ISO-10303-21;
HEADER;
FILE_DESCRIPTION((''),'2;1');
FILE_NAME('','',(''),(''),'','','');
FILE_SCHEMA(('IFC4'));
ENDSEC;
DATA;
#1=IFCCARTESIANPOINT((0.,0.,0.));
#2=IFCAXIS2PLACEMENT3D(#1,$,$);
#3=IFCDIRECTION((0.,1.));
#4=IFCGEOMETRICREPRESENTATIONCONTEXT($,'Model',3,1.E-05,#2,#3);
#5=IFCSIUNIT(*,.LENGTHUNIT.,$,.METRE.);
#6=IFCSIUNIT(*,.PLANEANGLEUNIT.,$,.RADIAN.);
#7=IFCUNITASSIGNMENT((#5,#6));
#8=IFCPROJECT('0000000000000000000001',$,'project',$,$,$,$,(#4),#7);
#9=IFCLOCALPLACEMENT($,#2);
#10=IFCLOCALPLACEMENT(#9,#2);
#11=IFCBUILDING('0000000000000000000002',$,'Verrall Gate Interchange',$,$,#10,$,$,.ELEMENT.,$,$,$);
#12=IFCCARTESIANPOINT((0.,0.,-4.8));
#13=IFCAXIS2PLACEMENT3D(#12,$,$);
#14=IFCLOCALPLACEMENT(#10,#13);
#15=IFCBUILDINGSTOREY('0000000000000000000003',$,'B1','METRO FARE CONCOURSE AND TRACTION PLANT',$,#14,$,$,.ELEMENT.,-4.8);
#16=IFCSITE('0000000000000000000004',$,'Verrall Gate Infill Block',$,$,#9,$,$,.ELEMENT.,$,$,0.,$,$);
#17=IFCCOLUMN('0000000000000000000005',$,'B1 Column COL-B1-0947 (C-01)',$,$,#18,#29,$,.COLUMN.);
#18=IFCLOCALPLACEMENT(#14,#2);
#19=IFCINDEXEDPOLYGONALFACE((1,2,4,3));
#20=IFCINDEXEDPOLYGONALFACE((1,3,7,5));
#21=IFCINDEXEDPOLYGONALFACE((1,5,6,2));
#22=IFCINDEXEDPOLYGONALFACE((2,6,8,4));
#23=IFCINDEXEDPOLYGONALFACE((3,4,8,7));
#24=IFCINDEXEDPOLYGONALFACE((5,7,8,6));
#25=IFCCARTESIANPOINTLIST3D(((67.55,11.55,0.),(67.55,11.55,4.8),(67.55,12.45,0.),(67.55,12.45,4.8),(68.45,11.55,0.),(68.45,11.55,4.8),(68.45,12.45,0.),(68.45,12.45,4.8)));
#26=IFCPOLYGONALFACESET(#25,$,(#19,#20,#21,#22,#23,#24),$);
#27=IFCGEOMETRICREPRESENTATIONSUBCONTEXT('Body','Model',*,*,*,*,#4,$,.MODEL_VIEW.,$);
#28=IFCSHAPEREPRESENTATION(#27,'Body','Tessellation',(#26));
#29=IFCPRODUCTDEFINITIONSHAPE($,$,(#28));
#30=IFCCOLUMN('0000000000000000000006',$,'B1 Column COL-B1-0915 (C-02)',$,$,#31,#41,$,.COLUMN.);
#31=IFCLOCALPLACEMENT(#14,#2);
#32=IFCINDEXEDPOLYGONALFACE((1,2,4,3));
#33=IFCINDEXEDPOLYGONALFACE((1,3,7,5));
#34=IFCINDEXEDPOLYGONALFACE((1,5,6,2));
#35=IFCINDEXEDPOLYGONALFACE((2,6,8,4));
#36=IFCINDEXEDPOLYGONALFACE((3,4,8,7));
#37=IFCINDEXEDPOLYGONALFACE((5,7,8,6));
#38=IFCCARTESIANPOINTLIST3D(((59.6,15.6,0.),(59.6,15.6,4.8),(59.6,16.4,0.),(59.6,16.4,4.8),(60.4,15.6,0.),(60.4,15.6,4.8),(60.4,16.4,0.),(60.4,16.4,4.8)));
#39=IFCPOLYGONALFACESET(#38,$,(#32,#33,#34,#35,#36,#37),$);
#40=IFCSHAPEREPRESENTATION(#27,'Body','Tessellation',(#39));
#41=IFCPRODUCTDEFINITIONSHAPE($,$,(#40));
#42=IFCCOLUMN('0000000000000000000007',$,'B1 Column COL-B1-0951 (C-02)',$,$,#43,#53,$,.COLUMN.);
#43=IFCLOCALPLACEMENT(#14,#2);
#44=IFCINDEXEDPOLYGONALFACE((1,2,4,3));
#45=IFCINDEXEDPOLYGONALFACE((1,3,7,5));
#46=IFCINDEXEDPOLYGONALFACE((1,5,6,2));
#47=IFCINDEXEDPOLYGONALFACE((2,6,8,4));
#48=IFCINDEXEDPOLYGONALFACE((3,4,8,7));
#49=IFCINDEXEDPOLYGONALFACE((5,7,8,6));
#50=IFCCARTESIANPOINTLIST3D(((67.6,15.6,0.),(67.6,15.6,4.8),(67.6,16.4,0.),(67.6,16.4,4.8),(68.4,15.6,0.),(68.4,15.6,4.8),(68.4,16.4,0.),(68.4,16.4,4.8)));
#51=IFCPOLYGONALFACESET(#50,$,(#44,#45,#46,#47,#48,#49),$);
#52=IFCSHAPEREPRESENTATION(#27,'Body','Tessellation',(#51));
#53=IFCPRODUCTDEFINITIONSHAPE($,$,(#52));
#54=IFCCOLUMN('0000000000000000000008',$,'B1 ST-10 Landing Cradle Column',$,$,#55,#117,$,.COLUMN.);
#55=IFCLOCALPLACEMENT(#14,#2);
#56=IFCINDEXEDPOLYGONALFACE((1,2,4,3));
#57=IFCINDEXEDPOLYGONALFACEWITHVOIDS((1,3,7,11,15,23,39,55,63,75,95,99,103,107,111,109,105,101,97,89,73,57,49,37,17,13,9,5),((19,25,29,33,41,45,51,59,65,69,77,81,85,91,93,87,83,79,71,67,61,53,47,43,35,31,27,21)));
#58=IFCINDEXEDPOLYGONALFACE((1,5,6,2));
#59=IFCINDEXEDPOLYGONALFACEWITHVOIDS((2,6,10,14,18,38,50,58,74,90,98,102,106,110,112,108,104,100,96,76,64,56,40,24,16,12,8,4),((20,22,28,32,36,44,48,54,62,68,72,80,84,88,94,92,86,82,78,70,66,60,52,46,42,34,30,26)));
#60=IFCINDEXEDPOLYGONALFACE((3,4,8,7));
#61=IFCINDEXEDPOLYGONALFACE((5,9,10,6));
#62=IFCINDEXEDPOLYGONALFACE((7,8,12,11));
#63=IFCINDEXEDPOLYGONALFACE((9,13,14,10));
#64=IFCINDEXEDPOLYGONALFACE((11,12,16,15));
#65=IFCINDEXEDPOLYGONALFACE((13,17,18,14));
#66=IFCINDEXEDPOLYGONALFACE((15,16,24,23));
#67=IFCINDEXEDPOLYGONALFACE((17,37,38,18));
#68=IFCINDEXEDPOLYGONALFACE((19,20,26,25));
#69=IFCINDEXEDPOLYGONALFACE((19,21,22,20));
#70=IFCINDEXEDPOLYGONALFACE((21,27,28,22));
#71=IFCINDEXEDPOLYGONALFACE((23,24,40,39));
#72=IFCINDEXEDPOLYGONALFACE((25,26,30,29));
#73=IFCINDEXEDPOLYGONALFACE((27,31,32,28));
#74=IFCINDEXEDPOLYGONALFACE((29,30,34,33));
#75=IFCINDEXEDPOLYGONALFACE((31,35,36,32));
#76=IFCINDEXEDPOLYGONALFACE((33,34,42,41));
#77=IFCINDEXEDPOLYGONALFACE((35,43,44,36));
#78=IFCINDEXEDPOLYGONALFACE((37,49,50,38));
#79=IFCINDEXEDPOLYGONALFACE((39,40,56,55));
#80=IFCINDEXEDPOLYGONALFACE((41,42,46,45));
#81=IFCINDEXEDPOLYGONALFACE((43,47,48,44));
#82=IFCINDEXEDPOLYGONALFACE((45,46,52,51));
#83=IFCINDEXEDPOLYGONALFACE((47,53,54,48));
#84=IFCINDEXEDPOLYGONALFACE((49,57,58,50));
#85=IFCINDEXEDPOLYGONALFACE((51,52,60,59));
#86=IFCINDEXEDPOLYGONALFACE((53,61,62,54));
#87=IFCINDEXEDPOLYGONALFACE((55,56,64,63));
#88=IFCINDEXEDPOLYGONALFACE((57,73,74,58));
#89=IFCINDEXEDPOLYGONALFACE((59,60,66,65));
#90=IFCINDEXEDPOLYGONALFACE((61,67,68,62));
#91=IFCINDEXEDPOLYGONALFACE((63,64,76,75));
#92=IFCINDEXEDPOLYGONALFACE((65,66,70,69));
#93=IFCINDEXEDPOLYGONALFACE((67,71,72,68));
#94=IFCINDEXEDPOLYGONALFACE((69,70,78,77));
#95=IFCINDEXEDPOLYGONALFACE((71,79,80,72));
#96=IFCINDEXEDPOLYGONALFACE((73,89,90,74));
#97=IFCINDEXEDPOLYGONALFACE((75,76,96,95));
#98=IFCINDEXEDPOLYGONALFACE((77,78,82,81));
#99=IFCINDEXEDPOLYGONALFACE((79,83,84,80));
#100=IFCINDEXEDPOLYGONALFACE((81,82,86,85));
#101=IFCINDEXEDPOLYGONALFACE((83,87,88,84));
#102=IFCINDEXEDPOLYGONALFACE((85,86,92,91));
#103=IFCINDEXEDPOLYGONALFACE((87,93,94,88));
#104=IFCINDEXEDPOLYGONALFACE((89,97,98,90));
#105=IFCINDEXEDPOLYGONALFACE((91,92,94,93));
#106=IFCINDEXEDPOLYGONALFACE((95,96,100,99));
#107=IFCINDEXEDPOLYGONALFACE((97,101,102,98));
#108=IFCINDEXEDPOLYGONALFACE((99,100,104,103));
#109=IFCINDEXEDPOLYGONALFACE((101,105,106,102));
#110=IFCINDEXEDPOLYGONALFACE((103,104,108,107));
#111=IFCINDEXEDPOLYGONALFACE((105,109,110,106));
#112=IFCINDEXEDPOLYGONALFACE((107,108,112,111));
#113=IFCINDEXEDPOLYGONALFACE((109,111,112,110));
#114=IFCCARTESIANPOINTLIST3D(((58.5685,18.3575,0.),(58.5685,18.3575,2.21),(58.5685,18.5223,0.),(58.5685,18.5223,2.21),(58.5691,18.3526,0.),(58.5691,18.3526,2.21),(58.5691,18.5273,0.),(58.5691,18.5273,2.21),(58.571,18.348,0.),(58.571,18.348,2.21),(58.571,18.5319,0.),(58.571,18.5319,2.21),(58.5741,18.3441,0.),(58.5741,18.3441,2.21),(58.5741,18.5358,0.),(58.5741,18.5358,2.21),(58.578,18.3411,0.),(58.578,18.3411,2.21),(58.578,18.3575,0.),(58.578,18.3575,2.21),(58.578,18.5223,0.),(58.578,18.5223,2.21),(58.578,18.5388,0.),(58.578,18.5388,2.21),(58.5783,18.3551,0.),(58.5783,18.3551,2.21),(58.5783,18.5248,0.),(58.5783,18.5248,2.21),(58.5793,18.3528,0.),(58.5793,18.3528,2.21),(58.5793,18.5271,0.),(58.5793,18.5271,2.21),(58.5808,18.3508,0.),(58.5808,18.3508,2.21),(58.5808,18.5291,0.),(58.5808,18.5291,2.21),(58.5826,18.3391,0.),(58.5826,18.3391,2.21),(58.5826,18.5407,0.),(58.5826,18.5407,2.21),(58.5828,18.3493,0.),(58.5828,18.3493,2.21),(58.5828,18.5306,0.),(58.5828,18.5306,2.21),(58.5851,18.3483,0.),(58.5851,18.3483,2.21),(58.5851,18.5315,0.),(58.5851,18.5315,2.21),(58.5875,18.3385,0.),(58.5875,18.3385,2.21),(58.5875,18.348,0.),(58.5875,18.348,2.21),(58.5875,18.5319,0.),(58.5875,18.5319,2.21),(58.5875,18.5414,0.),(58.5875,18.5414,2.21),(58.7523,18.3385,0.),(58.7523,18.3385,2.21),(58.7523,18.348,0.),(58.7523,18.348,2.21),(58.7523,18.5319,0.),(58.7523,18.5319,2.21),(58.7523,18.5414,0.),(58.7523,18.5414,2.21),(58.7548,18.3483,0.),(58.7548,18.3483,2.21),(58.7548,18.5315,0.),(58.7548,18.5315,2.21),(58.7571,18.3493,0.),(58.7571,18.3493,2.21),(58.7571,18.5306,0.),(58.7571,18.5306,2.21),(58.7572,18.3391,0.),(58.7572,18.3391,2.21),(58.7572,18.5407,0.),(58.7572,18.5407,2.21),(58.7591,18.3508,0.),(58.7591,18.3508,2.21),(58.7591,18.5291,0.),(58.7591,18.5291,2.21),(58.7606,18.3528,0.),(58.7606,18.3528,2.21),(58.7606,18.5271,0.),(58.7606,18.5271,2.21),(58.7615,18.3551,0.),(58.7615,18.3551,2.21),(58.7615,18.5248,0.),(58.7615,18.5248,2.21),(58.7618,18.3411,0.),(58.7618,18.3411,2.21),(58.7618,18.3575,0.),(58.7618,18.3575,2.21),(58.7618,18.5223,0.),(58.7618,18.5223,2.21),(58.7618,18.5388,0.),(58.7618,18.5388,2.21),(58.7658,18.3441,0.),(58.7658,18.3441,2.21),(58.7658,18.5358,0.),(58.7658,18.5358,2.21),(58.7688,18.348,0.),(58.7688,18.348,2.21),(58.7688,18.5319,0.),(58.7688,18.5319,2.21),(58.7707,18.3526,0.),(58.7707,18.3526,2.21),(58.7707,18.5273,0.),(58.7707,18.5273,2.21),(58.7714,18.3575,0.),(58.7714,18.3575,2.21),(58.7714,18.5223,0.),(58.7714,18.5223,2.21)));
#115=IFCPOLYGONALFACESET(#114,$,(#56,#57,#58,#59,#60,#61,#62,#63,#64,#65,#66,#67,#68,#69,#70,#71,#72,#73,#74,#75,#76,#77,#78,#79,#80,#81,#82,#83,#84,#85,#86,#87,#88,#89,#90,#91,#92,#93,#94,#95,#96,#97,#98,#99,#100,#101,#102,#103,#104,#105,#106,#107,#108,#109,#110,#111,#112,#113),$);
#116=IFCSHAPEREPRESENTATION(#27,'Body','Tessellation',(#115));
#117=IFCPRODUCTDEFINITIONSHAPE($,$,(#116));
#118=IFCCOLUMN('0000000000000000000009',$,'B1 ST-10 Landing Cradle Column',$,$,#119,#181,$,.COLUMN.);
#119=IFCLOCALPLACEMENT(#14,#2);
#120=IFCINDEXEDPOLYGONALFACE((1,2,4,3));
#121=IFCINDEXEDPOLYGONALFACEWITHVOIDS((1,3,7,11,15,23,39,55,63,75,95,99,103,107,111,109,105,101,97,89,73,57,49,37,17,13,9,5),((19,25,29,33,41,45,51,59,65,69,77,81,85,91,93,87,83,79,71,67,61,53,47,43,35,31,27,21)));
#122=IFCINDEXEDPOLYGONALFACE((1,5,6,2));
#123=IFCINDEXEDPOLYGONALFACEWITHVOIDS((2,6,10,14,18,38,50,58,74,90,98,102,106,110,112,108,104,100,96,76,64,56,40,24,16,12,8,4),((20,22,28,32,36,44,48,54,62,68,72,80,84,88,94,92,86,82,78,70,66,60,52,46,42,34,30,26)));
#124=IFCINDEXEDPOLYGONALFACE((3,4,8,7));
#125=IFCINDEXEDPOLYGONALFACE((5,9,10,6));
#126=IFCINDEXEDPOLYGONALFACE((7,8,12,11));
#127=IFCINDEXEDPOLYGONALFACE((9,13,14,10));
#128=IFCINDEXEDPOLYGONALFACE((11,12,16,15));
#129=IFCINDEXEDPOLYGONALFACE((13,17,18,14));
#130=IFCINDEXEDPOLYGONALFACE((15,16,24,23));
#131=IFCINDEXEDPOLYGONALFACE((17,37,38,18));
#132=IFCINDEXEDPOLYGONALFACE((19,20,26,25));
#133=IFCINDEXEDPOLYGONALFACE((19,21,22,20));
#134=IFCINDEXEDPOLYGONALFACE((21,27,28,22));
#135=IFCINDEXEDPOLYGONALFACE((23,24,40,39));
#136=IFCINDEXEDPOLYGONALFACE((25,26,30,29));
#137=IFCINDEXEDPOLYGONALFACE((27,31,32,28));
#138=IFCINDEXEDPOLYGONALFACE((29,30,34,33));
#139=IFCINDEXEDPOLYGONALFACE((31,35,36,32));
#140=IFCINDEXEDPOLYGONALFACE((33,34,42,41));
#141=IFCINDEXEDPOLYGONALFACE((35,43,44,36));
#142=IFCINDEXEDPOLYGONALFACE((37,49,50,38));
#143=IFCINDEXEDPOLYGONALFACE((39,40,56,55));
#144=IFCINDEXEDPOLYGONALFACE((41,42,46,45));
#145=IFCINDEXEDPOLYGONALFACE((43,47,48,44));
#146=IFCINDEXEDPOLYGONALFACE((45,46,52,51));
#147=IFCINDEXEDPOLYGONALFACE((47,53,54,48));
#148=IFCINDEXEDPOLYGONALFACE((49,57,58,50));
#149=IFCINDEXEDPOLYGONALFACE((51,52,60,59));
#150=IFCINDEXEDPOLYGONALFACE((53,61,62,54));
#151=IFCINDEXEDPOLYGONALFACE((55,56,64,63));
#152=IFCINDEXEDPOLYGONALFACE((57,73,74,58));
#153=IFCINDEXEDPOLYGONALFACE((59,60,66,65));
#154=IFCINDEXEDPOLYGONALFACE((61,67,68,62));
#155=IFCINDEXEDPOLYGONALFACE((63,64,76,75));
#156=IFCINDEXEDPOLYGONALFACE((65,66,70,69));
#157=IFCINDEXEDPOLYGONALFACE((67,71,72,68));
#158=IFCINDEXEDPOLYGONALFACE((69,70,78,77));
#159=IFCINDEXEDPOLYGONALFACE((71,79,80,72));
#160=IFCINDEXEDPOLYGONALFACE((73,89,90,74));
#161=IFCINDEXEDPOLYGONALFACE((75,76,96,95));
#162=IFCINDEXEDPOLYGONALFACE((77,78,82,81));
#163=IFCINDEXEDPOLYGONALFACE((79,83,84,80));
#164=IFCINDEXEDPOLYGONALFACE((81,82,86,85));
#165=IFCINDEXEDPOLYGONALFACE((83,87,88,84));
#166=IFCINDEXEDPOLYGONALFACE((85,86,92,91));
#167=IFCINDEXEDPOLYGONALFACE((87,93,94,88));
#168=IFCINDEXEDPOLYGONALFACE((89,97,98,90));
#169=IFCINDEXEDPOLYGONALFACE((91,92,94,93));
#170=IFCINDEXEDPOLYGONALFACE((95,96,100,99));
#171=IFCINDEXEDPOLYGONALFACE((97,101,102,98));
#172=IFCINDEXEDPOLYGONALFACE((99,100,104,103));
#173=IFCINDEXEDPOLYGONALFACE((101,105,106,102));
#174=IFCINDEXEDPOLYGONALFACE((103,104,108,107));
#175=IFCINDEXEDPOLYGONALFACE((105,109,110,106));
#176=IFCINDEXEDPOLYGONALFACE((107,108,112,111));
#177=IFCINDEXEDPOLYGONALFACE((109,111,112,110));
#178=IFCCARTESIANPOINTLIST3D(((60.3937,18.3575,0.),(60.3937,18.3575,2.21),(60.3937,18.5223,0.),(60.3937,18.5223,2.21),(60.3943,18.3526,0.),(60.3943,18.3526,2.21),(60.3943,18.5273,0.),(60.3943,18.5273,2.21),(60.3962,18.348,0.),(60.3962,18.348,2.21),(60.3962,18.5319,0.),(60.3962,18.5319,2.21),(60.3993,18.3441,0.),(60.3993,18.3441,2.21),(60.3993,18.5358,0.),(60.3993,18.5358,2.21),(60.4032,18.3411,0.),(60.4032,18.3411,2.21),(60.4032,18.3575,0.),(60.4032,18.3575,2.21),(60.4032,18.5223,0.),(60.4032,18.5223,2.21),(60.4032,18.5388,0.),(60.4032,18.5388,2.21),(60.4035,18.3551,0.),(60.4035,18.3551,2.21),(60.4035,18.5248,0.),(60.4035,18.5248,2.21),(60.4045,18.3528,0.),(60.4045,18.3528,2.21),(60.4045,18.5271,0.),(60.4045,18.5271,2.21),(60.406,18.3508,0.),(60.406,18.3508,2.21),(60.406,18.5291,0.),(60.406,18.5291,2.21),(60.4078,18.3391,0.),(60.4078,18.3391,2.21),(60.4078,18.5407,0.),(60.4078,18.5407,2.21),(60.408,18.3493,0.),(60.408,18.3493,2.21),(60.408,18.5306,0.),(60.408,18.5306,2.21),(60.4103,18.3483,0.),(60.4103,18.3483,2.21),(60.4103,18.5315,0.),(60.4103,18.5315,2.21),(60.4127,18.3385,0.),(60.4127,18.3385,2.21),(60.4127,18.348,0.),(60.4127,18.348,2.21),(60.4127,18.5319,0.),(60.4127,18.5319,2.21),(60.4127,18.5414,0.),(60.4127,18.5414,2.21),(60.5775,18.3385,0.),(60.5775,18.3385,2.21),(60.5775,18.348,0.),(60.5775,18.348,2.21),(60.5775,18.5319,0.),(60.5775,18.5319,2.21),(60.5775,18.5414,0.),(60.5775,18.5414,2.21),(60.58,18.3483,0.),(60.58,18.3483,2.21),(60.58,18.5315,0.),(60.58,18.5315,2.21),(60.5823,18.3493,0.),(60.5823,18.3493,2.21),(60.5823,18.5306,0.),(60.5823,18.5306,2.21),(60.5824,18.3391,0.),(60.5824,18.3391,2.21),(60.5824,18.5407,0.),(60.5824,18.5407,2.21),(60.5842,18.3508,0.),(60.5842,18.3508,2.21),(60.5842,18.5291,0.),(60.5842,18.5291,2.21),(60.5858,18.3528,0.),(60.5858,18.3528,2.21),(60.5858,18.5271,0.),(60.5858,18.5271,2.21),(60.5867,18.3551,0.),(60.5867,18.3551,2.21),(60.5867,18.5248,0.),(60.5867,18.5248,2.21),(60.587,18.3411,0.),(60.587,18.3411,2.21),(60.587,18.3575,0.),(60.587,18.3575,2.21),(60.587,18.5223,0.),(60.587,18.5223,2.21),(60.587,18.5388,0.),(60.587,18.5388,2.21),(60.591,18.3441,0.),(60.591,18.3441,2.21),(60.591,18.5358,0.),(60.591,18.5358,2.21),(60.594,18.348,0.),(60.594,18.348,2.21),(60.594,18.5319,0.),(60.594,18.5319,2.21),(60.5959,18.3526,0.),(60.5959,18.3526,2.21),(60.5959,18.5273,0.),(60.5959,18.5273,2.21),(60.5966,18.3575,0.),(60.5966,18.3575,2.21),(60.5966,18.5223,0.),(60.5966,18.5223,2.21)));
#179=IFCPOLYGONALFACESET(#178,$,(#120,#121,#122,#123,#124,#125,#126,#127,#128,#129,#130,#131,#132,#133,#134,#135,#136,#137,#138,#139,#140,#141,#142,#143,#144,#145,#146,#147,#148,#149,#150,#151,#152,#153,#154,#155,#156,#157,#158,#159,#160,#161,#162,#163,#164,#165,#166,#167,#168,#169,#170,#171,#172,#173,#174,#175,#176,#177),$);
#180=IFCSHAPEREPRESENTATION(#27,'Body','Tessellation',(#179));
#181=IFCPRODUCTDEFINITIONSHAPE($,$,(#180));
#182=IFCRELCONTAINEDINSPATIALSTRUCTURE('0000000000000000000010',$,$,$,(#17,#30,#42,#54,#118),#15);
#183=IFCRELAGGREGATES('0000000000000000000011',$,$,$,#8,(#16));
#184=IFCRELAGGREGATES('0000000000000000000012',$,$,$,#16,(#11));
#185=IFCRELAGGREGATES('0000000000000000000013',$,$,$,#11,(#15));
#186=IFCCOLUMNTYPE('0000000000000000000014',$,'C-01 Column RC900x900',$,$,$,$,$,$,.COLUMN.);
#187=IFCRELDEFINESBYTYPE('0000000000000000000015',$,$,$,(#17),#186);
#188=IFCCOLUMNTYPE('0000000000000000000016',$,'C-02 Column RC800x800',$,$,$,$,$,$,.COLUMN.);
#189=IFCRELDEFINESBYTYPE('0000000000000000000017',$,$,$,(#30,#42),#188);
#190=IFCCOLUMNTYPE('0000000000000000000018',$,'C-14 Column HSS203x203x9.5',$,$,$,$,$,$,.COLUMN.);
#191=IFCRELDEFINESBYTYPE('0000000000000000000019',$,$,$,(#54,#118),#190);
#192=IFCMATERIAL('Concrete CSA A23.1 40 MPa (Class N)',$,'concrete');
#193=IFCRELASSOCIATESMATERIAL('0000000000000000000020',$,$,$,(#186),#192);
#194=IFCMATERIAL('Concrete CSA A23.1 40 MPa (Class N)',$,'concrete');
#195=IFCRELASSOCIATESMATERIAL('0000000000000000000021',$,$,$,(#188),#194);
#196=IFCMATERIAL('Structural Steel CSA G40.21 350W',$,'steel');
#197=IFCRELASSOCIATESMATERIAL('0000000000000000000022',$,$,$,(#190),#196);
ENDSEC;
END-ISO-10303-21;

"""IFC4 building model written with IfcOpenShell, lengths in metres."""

from ifc_helpers import new_model, si_unit, direction, frame, origin, origin_2d, place, context, subcontext, project, spatial, rectangle, hollow_rectangle, extrude, material, material_profile, profile_set, type_object, element, save


model = new_model("IFC4")

# Units and contexts
model_context = context("Model", 3, precision=1e-05, world=origin(), true_north=direction((0.0, 1.0)))
body_context = subcontext(model_context, "Body", "Model", "MODEL_VIEW")
ifc_project = project(units=[si_unit("LENGTHUNIT", "METRE"), si_unit("PLANEANGLEUNIT", "RADIAN")], contexts=[model_context])

# Site, building, storey
site_placement = place(None, origin())
site = spatial("IfcSite", under=ifc_project, at=site_placement, Name="Verrall Gate Infill Block", CompositionType="ELEMENT", RefElevation=0.0)
building_placement = place(site_placement, origin())
building = spatial("IfcBuilding", under=site, at=building_placement, Name="Verrall Gate Interchange", CompositionType="ELEMENT")
storey_placement = place(building_placement, frame((0.0, 0.0, -4.8)))
storey = spatial("IfcBuildingStorey", under=building, at=storey_placement, Name="B1", Description="METRO FARE CONCOURSE AND TRACTION PLANT", CompositionType="ELEMENT", Elevation=-4.8)

# Columns
ifc_material_1 = material(Name="Concrete CSA A23.1 40 MPa (Class N)", Category="concrete")
ifc_material_profile_1 = material_profile(ifc_material_1, rectangle(XDim=0.8999, YDim=0.8999, at=origin_2d()), Name="RC900x900")
ifc_profile_set_1 = profile_set([ifc_material_profile_1], Name="Concrete CSA A23.1 40 MPa (Class N)")
column_type_1 = type_object("IfcColumnType", Name="C-01 Column RC900x900", PredefinedType="COLUMN", material=ifc_profile_set_1)
column_placement = place(storey_placement, frame((68.0, 12.0, 0.0), z_axis=(0.0, 0.0, 1.0), x_axis=(1.0, 0.0, 0.0)))
element("IfcColumn", 1, at=column_placement, inside=storey, type_object=column_type_1, Name="B1 Column COL-B1-0947 (C-01)", PredefinedType="COLUMN", context=body_context, shape_type="SweptSolid", body=[
    extrude(rectangle(XDim=0.8999, YDim=0.8999, at=origin_2d()), origin(), (0.0, 0.0, 1.0), 4.8),
])
ifc_material_2 = material(Name="Concrete CSA A23.1 40 MPa (Class N)", Category="concrete")
ifc_material_profile_2 = material_profile(ifc_material_2, rectangle(XDim=0.8, YDim=0.8, at=origin_2d()), Name="RC800x800")
ifc_profile_set_2 = profile_set([ifc_material_profile_2], Name="Concrete CSA A23.1 40 MPa (Class N)")
column_type_2 = type_object("IfcColumnType", Name="C-02 Column RC800x800", PredefinedType="COLUMN", material=ifc_profile_set_2)
for number, where, z_axis, x_axis, name in (
    (2, (60.0, 16.0, 0.0), (0.0, 0.0, 1.0), (1.0, 0.0, 0.0), "B1 Column COL-B1-0915 (C-02)"),
    (3, (68.0, 16.0, 0.0), (0.0, 0.0, 1.0), (1.0, 0.0, 0.0), "B1 Column COL-B1-0951 (C-02)"),
):
    element("IfcColumn", number, at=place(storey_placement, frame(where, z_axis=z_axis, x_axis=x_axis)), inside=storey, type_object=column_type_2, Name=name, PredefinedType="COLUMN", context=body_context, shape_type="SweptSolid", body=[
        extrude(rectangle(XDim=0.8, YDim=0.8, at=origin_2d()), origin(), (0.0, 0.0, 1.0), 4.8),
    ])
ifc_material_3 = material(Name="Structural Steel CSA G40.21 350W", Category="steel")
ifc_material_profile_3 = material_profile(ifc_material_3, hollow_rectangle(XDim=0.2029, YDim=0.2029, WallThickness=0.0095, InnerFilletRadius=0.0095, OuterFilletRadius=0.019, at=origin_2d()), Name="HSS203x203x9.5")
ifc_profile_set_3 = profile_set([ifc_material_profile_3], Name="Structural Steel CSA G40.21 350W")
column_type_3 = type_object("IfcColumnType", Name="C-14 Column HSS203x203x9.5", PredefinedType="COLUMN", material=ifc_profile_set_3)
for number, where, z_axis, x_axis, name in (
    (4, (58.6699, 18.4399, 0.0), (0.0, 0.0, 1.0), (1.0, 0.0, 0.0), "B1 ST-10 Landing Cradle Column"),
    (5, (60.4951, 18.4399, 0.0), (0.0, 0.0, 1.0), (1.0, 0.0, 0.0), "B1 ST-10 Landing Cradle Column"),
):
    element("IfcColumn", number, at=place(storey_placement, frame(where, z_axis=z_axis, x_axis=x_axis)), inside=storey, type_object=column_type_3, Name=name, PredefinedType="COLUMN", context=body_context, shape_type="SweptSolid", body=[
        extrude(hollow_rectangle(XDim=0.2029, YDim=0.2029, WallThickness=0.0095, InnerFilletRadius=0.0095, OuterFilletRadius=0.019, at=origin_2d()), origin(), (0.0, 0.0, 1.0), 2.21),
    ])

save(model, "model.ifc")
